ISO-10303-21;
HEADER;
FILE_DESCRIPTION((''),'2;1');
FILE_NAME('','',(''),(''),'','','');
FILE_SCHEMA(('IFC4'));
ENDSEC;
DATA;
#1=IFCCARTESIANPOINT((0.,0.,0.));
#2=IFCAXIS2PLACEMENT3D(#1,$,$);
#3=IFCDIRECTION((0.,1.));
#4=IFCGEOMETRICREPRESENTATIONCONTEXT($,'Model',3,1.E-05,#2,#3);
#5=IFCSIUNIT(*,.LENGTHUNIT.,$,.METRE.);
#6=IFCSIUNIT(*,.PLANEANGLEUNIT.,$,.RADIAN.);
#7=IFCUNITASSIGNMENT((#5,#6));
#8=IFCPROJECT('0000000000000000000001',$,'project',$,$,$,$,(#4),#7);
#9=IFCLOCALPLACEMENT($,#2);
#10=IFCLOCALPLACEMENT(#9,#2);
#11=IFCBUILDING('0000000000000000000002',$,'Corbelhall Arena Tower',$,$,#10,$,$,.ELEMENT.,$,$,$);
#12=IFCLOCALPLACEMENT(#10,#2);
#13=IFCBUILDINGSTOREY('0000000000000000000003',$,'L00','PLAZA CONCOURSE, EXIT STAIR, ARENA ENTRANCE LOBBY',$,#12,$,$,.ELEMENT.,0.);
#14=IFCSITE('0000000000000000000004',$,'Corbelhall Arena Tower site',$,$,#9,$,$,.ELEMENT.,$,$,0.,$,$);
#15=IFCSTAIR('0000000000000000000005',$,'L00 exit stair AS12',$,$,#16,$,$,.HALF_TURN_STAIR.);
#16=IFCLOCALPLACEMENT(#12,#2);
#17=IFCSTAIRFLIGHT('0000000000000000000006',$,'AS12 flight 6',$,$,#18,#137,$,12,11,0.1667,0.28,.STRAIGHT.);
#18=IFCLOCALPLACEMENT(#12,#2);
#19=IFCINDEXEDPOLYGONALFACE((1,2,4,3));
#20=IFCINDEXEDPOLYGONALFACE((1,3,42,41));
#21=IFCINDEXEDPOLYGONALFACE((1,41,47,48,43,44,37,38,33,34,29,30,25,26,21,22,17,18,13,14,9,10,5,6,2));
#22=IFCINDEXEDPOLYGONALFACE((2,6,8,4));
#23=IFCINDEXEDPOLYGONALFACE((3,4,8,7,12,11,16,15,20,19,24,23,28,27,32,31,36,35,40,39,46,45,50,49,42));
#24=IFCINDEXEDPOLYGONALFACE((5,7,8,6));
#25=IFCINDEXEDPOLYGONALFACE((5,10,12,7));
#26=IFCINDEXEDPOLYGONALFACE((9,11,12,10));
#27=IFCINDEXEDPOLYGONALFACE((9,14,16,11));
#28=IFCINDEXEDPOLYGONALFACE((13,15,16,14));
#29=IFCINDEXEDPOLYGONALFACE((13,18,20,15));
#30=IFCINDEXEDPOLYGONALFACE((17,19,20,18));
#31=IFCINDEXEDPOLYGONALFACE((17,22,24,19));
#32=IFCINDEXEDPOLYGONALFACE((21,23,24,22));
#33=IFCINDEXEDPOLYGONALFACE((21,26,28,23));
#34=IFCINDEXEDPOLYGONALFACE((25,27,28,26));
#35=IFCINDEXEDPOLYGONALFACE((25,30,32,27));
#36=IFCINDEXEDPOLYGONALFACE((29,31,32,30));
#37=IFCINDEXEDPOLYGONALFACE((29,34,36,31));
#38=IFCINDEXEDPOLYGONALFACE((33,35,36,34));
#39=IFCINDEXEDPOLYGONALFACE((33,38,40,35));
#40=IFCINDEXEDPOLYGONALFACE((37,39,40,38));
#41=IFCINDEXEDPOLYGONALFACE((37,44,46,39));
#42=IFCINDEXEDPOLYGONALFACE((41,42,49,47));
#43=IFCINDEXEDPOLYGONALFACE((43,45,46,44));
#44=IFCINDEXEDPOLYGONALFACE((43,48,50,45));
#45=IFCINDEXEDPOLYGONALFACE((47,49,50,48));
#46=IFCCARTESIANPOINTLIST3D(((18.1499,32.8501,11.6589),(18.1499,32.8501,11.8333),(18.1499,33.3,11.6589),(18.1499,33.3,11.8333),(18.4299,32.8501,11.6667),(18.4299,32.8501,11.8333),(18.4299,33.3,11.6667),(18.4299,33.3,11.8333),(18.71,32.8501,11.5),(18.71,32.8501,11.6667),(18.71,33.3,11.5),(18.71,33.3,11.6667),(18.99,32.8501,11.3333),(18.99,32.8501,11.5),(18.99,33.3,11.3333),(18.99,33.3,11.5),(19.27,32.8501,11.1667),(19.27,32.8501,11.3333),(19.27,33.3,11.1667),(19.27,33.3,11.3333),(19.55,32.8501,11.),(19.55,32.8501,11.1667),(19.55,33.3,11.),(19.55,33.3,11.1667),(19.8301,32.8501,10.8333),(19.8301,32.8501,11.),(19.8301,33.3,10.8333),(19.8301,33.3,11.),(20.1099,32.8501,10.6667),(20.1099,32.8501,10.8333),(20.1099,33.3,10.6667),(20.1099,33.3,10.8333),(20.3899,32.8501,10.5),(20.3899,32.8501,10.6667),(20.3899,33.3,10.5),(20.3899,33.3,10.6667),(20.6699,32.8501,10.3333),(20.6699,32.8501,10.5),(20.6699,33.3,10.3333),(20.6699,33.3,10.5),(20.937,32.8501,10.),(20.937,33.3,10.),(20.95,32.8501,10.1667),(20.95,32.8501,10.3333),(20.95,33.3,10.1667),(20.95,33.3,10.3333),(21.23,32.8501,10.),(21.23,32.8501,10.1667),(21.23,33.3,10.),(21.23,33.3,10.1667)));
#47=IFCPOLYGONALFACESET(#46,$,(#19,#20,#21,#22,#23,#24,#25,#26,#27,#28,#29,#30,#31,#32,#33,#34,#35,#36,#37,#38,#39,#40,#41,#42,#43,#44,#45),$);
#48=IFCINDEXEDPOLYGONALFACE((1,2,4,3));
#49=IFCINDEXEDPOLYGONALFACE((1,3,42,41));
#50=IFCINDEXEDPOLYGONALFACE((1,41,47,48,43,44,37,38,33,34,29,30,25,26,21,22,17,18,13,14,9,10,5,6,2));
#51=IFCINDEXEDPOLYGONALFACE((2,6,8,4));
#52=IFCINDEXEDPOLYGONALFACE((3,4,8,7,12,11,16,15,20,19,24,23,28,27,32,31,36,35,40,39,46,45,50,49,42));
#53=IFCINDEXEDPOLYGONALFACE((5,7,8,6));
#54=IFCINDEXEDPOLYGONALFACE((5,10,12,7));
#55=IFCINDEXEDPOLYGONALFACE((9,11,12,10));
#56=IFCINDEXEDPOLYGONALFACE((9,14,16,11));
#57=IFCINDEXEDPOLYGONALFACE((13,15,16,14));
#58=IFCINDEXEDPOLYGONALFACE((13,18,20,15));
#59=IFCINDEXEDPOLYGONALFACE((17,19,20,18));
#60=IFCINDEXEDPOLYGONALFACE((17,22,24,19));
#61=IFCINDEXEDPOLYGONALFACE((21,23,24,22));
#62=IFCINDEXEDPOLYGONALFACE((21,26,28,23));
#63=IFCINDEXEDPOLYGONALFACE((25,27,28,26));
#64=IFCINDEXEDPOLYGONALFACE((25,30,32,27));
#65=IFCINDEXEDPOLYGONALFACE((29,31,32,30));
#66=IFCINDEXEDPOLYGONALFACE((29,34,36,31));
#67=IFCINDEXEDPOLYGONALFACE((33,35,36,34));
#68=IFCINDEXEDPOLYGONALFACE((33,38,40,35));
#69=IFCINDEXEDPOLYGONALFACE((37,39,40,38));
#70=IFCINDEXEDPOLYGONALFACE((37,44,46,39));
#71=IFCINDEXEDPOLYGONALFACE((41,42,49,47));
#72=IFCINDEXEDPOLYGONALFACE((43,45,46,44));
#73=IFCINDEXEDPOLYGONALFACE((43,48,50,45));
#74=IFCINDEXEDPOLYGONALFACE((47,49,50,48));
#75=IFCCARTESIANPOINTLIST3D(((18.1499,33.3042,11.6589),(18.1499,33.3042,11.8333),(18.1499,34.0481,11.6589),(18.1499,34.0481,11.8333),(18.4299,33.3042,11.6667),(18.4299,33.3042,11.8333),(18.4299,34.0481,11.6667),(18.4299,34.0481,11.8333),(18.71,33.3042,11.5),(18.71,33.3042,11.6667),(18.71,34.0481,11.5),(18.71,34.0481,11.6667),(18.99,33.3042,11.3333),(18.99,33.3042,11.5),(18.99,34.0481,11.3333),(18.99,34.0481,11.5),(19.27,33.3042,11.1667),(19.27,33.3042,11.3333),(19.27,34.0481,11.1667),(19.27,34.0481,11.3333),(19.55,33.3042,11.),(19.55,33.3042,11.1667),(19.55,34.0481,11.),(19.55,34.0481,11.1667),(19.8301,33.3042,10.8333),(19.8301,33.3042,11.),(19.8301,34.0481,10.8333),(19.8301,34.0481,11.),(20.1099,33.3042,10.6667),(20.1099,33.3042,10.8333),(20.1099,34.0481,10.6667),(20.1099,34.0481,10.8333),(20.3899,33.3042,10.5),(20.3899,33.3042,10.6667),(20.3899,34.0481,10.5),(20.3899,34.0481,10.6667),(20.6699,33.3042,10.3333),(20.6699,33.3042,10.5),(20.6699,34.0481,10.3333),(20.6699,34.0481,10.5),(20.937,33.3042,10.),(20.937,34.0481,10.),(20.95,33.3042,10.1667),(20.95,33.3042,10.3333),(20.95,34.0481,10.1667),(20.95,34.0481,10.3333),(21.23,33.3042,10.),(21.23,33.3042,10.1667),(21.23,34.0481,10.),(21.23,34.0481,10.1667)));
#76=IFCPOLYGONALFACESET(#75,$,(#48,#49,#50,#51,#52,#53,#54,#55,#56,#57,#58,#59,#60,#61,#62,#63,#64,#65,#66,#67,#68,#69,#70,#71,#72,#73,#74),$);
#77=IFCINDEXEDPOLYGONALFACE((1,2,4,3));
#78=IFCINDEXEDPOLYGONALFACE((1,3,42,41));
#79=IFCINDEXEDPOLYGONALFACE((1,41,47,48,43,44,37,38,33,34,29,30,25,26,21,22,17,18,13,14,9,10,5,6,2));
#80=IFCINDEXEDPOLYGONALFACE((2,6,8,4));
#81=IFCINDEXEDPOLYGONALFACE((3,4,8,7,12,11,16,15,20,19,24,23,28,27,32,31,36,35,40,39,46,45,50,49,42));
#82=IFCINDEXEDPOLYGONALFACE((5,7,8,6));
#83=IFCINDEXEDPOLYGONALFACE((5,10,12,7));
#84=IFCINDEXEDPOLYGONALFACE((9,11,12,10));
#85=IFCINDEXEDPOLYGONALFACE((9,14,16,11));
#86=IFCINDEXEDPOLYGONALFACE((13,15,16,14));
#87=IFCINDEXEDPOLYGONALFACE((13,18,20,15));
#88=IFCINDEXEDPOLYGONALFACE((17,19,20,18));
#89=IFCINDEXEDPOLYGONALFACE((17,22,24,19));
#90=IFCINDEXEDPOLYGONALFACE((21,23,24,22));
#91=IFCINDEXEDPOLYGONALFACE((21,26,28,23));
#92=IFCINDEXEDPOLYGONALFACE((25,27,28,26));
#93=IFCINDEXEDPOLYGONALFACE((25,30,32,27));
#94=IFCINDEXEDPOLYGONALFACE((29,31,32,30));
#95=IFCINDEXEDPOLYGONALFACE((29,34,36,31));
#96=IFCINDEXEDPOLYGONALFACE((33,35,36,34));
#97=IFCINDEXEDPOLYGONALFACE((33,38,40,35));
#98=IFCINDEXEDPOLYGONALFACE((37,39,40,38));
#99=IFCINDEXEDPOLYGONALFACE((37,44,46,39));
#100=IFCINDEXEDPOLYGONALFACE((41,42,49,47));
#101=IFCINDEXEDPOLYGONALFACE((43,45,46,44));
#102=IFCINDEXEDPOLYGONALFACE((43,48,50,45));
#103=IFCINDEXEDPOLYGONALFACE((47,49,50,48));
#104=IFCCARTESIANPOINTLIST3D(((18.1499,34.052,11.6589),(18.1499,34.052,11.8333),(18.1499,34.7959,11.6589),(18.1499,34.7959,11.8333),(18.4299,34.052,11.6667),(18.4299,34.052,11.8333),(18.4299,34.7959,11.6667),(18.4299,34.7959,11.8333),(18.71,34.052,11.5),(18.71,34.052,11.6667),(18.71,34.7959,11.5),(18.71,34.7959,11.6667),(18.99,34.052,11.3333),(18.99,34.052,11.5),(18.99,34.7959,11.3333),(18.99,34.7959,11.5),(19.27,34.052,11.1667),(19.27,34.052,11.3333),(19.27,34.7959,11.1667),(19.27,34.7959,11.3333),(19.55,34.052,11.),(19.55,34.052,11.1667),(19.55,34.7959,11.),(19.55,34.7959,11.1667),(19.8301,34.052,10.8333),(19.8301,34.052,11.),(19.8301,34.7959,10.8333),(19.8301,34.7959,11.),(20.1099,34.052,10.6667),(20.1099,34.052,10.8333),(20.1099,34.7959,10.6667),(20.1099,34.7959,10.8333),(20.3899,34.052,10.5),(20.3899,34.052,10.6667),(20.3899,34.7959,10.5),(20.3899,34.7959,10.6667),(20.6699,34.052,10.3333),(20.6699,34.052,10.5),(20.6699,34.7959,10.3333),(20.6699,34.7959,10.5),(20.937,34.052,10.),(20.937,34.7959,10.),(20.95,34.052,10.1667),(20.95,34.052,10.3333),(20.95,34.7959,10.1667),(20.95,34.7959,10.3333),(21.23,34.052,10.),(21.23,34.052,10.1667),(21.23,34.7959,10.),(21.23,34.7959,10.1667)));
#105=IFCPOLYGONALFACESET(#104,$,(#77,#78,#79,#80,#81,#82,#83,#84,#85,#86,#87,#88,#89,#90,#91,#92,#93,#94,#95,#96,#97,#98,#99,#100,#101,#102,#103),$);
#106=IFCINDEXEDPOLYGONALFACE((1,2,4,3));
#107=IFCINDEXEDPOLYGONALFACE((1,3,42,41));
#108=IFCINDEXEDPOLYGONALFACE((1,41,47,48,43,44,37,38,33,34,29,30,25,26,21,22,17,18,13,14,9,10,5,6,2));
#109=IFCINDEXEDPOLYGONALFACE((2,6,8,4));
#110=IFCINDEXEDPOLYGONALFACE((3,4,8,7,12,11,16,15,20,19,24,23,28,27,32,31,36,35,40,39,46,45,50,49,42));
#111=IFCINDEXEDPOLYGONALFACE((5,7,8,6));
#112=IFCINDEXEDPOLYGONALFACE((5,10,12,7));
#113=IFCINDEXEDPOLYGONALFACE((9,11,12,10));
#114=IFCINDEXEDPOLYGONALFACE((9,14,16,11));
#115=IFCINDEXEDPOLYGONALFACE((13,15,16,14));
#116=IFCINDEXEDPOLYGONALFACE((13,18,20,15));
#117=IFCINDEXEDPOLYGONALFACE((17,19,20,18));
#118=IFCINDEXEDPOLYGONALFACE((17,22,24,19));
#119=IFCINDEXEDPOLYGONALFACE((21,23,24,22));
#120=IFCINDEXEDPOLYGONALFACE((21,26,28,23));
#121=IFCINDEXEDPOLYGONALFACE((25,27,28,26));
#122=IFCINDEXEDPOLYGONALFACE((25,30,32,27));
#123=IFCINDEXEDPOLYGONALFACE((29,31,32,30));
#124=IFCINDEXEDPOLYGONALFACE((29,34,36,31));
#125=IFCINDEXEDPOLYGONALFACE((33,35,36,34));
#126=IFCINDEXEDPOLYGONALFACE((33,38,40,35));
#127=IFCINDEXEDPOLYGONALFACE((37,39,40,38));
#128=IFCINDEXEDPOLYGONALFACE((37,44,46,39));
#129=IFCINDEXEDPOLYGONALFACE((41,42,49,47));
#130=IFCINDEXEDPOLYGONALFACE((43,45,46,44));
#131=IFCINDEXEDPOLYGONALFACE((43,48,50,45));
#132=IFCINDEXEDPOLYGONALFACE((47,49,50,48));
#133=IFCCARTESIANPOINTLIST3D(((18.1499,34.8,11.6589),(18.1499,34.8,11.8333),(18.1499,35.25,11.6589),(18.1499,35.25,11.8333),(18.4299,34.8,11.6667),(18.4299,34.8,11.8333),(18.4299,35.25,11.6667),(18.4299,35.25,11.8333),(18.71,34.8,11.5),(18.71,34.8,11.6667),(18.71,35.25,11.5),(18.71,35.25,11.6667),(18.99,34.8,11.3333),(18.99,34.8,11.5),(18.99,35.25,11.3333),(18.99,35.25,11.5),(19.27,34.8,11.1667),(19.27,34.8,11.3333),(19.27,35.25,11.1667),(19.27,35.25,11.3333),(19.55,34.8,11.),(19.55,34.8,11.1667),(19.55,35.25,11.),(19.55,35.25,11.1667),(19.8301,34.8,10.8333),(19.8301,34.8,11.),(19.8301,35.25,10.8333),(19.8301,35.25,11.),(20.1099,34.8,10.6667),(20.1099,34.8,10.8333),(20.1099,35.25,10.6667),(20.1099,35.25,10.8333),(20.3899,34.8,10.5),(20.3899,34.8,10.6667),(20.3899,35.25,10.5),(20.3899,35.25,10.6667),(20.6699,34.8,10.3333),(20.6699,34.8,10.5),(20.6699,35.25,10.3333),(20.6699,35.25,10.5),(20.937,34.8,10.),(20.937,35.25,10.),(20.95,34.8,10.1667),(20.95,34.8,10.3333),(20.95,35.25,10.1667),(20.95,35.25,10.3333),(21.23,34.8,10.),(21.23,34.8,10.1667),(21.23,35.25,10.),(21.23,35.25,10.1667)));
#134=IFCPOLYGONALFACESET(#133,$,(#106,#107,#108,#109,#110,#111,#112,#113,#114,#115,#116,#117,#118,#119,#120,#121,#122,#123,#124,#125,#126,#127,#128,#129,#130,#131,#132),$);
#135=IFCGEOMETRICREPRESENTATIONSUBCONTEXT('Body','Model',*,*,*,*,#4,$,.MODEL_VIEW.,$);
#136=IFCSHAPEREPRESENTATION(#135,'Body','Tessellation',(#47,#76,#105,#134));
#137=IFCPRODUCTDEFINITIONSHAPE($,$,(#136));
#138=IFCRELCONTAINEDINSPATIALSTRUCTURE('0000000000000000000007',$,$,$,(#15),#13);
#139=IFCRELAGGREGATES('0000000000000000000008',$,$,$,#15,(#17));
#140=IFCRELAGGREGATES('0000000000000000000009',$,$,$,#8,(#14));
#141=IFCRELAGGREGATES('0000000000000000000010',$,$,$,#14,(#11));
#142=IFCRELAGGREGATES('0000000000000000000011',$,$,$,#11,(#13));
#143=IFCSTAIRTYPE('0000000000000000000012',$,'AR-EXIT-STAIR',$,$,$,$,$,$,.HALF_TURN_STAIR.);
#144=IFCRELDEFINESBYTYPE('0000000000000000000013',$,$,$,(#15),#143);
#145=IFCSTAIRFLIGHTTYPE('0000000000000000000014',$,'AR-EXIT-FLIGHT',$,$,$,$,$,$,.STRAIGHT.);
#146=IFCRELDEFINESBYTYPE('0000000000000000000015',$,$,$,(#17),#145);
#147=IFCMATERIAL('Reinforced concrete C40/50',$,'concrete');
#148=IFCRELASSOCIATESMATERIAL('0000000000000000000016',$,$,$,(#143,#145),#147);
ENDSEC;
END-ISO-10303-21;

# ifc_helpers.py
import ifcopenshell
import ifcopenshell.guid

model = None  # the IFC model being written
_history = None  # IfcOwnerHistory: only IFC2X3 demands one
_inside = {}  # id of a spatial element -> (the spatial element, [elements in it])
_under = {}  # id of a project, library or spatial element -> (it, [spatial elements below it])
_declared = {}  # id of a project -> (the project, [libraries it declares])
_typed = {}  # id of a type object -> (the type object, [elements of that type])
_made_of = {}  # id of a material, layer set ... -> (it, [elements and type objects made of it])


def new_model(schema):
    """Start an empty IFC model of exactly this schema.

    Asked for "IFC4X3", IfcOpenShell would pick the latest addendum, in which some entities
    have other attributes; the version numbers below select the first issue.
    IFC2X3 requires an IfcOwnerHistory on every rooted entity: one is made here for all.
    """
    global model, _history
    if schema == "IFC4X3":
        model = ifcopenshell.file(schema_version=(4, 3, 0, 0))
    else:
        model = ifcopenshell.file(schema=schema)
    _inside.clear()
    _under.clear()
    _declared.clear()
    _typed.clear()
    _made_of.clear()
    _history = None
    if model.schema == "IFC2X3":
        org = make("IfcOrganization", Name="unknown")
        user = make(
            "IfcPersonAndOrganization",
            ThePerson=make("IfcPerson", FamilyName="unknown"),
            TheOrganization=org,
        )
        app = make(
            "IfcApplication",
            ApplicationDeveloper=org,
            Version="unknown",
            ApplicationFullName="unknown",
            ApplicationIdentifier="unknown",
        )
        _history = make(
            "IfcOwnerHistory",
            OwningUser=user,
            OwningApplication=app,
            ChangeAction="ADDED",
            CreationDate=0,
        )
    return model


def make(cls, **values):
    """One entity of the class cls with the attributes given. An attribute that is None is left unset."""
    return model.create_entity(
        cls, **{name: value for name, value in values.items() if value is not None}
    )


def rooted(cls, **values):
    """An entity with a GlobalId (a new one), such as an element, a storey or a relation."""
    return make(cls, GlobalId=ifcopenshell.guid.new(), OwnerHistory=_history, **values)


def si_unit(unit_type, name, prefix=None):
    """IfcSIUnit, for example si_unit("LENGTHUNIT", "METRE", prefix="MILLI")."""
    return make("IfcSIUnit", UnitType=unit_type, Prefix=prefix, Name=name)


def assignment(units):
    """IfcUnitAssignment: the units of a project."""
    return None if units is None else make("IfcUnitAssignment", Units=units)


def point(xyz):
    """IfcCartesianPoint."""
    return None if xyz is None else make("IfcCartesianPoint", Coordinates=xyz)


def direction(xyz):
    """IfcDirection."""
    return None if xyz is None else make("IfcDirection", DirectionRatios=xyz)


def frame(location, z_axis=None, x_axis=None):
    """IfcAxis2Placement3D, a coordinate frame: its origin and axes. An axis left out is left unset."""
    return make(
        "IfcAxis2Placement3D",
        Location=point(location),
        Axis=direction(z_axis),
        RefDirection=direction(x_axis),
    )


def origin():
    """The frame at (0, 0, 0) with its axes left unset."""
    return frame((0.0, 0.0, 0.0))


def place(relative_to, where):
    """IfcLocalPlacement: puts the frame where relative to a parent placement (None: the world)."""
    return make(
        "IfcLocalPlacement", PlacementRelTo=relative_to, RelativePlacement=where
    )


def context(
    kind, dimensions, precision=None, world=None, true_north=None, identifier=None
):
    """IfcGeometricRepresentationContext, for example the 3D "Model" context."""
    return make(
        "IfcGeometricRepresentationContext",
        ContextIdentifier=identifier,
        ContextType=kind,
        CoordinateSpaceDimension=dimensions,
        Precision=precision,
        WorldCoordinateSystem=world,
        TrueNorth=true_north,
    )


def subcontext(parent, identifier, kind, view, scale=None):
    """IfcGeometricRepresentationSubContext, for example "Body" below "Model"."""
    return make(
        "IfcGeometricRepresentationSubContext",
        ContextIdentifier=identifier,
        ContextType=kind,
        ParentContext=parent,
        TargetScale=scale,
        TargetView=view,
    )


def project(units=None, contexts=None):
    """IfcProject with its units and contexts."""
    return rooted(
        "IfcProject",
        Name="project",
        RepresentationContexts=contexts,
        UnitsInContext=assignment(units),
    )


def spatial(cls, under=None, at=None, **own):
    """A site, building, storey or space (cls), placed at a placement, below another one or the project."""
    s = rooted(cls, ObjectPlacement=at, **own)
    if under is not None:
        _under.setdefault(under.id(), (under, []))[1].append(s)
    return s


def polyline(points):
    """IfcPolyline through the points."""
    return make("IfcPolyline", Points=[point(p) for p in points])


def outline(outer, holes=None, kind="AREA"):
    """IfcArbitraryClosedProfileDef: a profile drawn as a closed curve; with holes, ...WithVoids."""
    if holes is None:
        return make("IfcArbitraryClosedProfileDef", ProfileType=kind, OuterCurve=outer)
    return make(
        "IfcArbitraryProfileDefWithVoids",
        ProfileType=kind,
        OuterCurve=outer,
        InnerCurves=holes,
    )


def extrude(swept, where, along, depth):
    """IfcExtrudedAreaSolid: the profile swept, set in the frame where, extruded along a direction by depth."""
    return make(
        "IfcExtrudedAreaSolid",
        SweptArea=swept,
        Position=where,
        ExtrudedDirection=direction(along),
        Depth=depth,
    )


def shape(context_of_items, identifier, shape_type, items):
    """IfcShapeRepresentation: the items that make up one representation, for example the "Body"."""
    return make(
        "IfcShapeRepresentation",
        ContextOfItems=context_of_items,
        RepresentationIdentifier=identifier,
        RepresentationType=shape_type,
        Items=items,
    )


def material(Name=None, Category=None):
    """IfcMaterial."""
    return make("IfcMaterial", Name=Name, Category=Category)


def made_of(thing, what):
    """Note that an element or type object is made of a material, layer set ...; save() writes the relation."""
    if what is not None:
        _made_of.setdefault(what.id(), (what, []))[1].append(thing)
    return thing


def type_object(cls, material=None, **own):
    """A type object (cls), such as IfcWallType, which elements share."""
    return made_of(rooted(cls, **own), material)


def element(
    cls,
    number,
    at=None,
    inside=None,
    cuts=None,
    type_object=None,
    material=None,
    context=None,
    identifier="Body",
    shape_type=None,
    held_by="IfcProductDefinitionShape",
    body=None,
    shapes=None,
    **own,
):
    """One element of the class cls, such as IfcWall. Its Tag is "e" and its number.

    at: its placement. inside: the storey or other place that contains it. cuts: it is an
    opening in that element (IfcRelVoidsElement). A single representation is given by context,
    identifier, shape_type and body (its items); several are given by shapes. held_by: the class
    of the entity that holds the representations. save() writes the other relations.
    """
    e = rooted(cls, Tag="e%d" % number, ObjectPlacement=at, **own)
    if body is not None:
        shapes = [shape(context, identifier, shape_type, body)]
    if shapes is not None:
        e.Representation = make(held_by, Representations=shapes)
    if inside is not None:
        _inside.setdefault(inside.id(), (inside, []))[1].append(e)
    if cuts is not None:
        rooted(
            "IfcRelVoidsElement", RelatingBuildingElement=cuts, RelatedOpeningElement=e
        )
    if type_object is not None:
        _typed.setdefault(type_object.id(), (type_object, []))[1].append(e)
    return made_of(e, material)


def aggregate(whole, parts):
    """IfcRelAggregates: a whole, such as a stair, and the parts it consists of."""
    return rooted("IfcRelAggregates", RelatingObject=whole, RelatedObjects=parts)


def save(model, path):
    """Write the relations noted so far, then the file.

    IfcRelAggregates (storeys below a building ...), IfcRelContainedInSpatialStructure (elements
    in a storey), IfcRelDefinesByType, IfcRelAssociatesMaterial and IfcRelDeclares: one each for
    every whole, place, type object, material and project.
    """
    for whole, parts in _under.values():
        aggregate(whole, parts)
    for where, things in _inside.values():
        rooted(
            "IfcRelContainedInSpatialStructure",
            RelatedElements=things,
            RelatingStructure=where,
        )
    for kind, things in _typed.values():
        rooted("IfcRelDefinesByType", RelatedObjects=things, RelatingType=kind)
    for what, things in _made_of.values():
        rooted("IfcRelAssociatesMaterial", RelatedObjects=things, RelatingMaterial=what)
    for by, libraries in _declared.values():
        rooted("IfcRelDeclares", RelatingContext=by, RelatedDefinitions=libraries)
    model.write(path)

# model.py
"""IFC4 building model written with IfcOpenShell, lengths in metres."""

from ifc_helpers import new_model, si_unit, direction, frame, origin, place, context, subcontext, project, spatial, polyline, outline, extrude, material, type_object, element, aggregate, save


model = new_model("IFC4")

# Units and contexts
model_context = context("Model", 3, precision=1e-05, world=origin(), true_north=direction((0.0, 1.0)))
body_context = subcontext(model_context, "Body", "Model", "MODEL_VIEW")
ifc_project = project(units=[si_unit("LENGTHUNIT", "METRE"), si_unit("PLANEANGLEUNIT", "RADIAN")], contexts=[model_context])

# Site, building, storey
site_placement = place(None, origin())
site = spatial("IfcSite", under=ifc_project, at=site_placement, Name="Corbelhall Arena Tower site", CompositionType="ELEMENT", RefElevation=0.0)
building_placement = place(site_placement, origin())
building = spatial("IfcBuilding", under=site, at=building_placement, Name="Corbelhall Arena Tower", CompositionType="ELEMENT")
storey_placement = place(building_placement, origin())
storey = spatial("IfcBuildingStorey", under=building, at=storey_placement, Name="L00", Description="PLAZA CONCOURSE, EXIT STAIR, ARENA ENTRANCE LOBBY", CompositionType="ELEMENT", Elevation=0.0)

# Shared definitions
ifc_material_1 = material(Name="Reinforced concrete C40/50", Category="concrete")

# Stair, stair flight
stair_type = type_object("IfcStairType", Name="AR-EXIT-STAIR", PredefinedType="HALF_TURN_STAIR", material=ifc_material_1)
stair_placement = place(storey_placement, origin())
stair = element("IfcStair", 1, at=stair_placement, inside=storey, type_object=stair_type, Name="L00 exit stair AS12", PredefinedType="HALF_TURN_STAIR")
stair_flight_type = type_object("IfcStairFlightType", Name="AR-EXIT-FLIGHT", PredefinedType="STRAIGHT", material=ifc_material_1)
stair_flight_1_placement = place(storey_placement, frame((21.23, 34.05, 10.0), z_axis=(0.0, 0.0, 1.0), x_axis=(-1.0, 0.0, 0.0)))
stair_flight_1 = element("IfcStairFlight", 2, at=stair_flight_1_placement, type_object=stair_flight_type, Name="AS12 flight 6", NumberOfRisers=12, NumberOfTreads=11, PredefinedType="STRAIGHT", RiserHeight=0.1667, TreadLength=0.28, context=body_context, shape_type="SweptSolid", body=[
    extrude(outline(polyline([(0.0, 0.0), (0.0, 0.1667), (0.28, 0.1667), (0.28, 0.3333), (0.5601, 0.3333), (0.5601, 0.5), (0.8401, 0.5), (0.8401, 0.6667), (1.1201, 0.6667), (1.1201, 0.8333), (1.3999, 0.8333), (1.3999, 1.0), (1.6799, 1.0), (1.6799, 1.1667), (1.96, 1.1667), (1.96, 1.3333), (2.24, 1.3333), (2.24, 1.5), (2.52, 1.5), (2.52, 1.6667), (2.8, 1.6667), (2.8, 1.8333), (3.0801, 1.8333), (3.0801, 2.0), (3.0801, 1.6589), (0.293, 0.0), (0.0, 0.0)])), frame((0.0, 1.2, 0.0), z_axis=(0.0, -1.0, 0.0), x_axis=(1.0, 0.0, 0.0)), (0.0, 0.0, 1.0), 0.45),
    extrude(outline(polyline([(0.0, 0.0), (0.0, 0.1667), (0.28, 0.1667), (0.28, 0.3333), (0.5601, 0.3333), (0.5601, 0.5), (0.8401, 0.5), (0.8401, 0.6667), (1.1201, 0.6667), (1.1201, 0.8333), (1.3999, 0.8333), (1.3999, 1.0), (1.6799, 1.0), (1.6799, 1.1667), (1.96, 1.1667), (1.96, 1.3333), (2.24, 1.3333), (2.24, 1.5), (2.52, 1.5), (2.52, 1.6667), (2.8, 1.6667), (2.8, 1.8333), (3.0801, 1.8333), (3.0801, 2.0), (3.0801, 1.6589), (0.293, 0.0), (0.0, 0.0)])), frame((0.0, 0.7458, 0.0), z_axis=(0.0, -1.0, 0.0), x_axis=(1.0, 0.0, 0.0)), (0.0, 0.0, 1.0), 0.7439),
    extrude(outline(polyline([(0.0, 0.0), (0.0, 0.1667), (0.28, 0.1667), (0.28, 0.3333), (0.5601, 0.3333), (0.5601, 0.5), (0.8401, 0.5), (0.8401, 0.6667), (1.1201, 0.6667), (1.1201, 0.8333), (1.3999, 0.8333), (1.3999, 1.0), (1.6799, 1.0), (1.6799, 1.1667), (1.96, 1.1667), (1.96, 1.3333), (2.24, 1.3333), (2.24, 1.5), (2.52, 1.5), (2.52, 1.6667), (2.8, 1.6667), (2.8, 1.8333), (3.0801, 1.8333), (3.0801, 2.0), (3.0801, 1.6589), (0.293, 0.0), (0.0, 0.0)])), frame((0.0, -0.002, 0.0), z_axis=(0.0, -1.0, 0.0), x_axis=(1.0, 0.0, 0.0)), (0.0, 0.0, 1.0), 0.7439),
    extrude(outline(polyline([(0.0, 0.0), (0.0, 0.1667), (0.28, 0.1667), (0.28, 0.3333), (0.5601, 0.3333), (0.5601, 0.5), (0.8401, 0.5), (0.8401, 0.6667), (1.1201, 0.6667), (1.1201, 0.8333), (1.3999, 0.8333), (1.3999, 1.0), (1.6799, 1.0), (1.6799, 1.1667), (1.96, 1.1667), (1.96, 1.3333), (2.24, 1.3333), (2.24, 1.5), (2.52, 1.5), (2.52, 1.6667), (2.8, 1.6667), (2.8, 1.8333), (3.0801, 1.8333), (3.0801, 2.0), (3.0801, 1.6589), (0.293, 0.0), (0.0, 0.0)])), frame((0.0, -0.75, 0.0), z_axis=(0.0, -1.0, 0.0), x_axis=(1.0, 0.0, 0.0)), (0.0, 0.0, 1.0), 0.45),
])
aggregate(stair, [stair_flight_1])

save(model, "model.ifc")
